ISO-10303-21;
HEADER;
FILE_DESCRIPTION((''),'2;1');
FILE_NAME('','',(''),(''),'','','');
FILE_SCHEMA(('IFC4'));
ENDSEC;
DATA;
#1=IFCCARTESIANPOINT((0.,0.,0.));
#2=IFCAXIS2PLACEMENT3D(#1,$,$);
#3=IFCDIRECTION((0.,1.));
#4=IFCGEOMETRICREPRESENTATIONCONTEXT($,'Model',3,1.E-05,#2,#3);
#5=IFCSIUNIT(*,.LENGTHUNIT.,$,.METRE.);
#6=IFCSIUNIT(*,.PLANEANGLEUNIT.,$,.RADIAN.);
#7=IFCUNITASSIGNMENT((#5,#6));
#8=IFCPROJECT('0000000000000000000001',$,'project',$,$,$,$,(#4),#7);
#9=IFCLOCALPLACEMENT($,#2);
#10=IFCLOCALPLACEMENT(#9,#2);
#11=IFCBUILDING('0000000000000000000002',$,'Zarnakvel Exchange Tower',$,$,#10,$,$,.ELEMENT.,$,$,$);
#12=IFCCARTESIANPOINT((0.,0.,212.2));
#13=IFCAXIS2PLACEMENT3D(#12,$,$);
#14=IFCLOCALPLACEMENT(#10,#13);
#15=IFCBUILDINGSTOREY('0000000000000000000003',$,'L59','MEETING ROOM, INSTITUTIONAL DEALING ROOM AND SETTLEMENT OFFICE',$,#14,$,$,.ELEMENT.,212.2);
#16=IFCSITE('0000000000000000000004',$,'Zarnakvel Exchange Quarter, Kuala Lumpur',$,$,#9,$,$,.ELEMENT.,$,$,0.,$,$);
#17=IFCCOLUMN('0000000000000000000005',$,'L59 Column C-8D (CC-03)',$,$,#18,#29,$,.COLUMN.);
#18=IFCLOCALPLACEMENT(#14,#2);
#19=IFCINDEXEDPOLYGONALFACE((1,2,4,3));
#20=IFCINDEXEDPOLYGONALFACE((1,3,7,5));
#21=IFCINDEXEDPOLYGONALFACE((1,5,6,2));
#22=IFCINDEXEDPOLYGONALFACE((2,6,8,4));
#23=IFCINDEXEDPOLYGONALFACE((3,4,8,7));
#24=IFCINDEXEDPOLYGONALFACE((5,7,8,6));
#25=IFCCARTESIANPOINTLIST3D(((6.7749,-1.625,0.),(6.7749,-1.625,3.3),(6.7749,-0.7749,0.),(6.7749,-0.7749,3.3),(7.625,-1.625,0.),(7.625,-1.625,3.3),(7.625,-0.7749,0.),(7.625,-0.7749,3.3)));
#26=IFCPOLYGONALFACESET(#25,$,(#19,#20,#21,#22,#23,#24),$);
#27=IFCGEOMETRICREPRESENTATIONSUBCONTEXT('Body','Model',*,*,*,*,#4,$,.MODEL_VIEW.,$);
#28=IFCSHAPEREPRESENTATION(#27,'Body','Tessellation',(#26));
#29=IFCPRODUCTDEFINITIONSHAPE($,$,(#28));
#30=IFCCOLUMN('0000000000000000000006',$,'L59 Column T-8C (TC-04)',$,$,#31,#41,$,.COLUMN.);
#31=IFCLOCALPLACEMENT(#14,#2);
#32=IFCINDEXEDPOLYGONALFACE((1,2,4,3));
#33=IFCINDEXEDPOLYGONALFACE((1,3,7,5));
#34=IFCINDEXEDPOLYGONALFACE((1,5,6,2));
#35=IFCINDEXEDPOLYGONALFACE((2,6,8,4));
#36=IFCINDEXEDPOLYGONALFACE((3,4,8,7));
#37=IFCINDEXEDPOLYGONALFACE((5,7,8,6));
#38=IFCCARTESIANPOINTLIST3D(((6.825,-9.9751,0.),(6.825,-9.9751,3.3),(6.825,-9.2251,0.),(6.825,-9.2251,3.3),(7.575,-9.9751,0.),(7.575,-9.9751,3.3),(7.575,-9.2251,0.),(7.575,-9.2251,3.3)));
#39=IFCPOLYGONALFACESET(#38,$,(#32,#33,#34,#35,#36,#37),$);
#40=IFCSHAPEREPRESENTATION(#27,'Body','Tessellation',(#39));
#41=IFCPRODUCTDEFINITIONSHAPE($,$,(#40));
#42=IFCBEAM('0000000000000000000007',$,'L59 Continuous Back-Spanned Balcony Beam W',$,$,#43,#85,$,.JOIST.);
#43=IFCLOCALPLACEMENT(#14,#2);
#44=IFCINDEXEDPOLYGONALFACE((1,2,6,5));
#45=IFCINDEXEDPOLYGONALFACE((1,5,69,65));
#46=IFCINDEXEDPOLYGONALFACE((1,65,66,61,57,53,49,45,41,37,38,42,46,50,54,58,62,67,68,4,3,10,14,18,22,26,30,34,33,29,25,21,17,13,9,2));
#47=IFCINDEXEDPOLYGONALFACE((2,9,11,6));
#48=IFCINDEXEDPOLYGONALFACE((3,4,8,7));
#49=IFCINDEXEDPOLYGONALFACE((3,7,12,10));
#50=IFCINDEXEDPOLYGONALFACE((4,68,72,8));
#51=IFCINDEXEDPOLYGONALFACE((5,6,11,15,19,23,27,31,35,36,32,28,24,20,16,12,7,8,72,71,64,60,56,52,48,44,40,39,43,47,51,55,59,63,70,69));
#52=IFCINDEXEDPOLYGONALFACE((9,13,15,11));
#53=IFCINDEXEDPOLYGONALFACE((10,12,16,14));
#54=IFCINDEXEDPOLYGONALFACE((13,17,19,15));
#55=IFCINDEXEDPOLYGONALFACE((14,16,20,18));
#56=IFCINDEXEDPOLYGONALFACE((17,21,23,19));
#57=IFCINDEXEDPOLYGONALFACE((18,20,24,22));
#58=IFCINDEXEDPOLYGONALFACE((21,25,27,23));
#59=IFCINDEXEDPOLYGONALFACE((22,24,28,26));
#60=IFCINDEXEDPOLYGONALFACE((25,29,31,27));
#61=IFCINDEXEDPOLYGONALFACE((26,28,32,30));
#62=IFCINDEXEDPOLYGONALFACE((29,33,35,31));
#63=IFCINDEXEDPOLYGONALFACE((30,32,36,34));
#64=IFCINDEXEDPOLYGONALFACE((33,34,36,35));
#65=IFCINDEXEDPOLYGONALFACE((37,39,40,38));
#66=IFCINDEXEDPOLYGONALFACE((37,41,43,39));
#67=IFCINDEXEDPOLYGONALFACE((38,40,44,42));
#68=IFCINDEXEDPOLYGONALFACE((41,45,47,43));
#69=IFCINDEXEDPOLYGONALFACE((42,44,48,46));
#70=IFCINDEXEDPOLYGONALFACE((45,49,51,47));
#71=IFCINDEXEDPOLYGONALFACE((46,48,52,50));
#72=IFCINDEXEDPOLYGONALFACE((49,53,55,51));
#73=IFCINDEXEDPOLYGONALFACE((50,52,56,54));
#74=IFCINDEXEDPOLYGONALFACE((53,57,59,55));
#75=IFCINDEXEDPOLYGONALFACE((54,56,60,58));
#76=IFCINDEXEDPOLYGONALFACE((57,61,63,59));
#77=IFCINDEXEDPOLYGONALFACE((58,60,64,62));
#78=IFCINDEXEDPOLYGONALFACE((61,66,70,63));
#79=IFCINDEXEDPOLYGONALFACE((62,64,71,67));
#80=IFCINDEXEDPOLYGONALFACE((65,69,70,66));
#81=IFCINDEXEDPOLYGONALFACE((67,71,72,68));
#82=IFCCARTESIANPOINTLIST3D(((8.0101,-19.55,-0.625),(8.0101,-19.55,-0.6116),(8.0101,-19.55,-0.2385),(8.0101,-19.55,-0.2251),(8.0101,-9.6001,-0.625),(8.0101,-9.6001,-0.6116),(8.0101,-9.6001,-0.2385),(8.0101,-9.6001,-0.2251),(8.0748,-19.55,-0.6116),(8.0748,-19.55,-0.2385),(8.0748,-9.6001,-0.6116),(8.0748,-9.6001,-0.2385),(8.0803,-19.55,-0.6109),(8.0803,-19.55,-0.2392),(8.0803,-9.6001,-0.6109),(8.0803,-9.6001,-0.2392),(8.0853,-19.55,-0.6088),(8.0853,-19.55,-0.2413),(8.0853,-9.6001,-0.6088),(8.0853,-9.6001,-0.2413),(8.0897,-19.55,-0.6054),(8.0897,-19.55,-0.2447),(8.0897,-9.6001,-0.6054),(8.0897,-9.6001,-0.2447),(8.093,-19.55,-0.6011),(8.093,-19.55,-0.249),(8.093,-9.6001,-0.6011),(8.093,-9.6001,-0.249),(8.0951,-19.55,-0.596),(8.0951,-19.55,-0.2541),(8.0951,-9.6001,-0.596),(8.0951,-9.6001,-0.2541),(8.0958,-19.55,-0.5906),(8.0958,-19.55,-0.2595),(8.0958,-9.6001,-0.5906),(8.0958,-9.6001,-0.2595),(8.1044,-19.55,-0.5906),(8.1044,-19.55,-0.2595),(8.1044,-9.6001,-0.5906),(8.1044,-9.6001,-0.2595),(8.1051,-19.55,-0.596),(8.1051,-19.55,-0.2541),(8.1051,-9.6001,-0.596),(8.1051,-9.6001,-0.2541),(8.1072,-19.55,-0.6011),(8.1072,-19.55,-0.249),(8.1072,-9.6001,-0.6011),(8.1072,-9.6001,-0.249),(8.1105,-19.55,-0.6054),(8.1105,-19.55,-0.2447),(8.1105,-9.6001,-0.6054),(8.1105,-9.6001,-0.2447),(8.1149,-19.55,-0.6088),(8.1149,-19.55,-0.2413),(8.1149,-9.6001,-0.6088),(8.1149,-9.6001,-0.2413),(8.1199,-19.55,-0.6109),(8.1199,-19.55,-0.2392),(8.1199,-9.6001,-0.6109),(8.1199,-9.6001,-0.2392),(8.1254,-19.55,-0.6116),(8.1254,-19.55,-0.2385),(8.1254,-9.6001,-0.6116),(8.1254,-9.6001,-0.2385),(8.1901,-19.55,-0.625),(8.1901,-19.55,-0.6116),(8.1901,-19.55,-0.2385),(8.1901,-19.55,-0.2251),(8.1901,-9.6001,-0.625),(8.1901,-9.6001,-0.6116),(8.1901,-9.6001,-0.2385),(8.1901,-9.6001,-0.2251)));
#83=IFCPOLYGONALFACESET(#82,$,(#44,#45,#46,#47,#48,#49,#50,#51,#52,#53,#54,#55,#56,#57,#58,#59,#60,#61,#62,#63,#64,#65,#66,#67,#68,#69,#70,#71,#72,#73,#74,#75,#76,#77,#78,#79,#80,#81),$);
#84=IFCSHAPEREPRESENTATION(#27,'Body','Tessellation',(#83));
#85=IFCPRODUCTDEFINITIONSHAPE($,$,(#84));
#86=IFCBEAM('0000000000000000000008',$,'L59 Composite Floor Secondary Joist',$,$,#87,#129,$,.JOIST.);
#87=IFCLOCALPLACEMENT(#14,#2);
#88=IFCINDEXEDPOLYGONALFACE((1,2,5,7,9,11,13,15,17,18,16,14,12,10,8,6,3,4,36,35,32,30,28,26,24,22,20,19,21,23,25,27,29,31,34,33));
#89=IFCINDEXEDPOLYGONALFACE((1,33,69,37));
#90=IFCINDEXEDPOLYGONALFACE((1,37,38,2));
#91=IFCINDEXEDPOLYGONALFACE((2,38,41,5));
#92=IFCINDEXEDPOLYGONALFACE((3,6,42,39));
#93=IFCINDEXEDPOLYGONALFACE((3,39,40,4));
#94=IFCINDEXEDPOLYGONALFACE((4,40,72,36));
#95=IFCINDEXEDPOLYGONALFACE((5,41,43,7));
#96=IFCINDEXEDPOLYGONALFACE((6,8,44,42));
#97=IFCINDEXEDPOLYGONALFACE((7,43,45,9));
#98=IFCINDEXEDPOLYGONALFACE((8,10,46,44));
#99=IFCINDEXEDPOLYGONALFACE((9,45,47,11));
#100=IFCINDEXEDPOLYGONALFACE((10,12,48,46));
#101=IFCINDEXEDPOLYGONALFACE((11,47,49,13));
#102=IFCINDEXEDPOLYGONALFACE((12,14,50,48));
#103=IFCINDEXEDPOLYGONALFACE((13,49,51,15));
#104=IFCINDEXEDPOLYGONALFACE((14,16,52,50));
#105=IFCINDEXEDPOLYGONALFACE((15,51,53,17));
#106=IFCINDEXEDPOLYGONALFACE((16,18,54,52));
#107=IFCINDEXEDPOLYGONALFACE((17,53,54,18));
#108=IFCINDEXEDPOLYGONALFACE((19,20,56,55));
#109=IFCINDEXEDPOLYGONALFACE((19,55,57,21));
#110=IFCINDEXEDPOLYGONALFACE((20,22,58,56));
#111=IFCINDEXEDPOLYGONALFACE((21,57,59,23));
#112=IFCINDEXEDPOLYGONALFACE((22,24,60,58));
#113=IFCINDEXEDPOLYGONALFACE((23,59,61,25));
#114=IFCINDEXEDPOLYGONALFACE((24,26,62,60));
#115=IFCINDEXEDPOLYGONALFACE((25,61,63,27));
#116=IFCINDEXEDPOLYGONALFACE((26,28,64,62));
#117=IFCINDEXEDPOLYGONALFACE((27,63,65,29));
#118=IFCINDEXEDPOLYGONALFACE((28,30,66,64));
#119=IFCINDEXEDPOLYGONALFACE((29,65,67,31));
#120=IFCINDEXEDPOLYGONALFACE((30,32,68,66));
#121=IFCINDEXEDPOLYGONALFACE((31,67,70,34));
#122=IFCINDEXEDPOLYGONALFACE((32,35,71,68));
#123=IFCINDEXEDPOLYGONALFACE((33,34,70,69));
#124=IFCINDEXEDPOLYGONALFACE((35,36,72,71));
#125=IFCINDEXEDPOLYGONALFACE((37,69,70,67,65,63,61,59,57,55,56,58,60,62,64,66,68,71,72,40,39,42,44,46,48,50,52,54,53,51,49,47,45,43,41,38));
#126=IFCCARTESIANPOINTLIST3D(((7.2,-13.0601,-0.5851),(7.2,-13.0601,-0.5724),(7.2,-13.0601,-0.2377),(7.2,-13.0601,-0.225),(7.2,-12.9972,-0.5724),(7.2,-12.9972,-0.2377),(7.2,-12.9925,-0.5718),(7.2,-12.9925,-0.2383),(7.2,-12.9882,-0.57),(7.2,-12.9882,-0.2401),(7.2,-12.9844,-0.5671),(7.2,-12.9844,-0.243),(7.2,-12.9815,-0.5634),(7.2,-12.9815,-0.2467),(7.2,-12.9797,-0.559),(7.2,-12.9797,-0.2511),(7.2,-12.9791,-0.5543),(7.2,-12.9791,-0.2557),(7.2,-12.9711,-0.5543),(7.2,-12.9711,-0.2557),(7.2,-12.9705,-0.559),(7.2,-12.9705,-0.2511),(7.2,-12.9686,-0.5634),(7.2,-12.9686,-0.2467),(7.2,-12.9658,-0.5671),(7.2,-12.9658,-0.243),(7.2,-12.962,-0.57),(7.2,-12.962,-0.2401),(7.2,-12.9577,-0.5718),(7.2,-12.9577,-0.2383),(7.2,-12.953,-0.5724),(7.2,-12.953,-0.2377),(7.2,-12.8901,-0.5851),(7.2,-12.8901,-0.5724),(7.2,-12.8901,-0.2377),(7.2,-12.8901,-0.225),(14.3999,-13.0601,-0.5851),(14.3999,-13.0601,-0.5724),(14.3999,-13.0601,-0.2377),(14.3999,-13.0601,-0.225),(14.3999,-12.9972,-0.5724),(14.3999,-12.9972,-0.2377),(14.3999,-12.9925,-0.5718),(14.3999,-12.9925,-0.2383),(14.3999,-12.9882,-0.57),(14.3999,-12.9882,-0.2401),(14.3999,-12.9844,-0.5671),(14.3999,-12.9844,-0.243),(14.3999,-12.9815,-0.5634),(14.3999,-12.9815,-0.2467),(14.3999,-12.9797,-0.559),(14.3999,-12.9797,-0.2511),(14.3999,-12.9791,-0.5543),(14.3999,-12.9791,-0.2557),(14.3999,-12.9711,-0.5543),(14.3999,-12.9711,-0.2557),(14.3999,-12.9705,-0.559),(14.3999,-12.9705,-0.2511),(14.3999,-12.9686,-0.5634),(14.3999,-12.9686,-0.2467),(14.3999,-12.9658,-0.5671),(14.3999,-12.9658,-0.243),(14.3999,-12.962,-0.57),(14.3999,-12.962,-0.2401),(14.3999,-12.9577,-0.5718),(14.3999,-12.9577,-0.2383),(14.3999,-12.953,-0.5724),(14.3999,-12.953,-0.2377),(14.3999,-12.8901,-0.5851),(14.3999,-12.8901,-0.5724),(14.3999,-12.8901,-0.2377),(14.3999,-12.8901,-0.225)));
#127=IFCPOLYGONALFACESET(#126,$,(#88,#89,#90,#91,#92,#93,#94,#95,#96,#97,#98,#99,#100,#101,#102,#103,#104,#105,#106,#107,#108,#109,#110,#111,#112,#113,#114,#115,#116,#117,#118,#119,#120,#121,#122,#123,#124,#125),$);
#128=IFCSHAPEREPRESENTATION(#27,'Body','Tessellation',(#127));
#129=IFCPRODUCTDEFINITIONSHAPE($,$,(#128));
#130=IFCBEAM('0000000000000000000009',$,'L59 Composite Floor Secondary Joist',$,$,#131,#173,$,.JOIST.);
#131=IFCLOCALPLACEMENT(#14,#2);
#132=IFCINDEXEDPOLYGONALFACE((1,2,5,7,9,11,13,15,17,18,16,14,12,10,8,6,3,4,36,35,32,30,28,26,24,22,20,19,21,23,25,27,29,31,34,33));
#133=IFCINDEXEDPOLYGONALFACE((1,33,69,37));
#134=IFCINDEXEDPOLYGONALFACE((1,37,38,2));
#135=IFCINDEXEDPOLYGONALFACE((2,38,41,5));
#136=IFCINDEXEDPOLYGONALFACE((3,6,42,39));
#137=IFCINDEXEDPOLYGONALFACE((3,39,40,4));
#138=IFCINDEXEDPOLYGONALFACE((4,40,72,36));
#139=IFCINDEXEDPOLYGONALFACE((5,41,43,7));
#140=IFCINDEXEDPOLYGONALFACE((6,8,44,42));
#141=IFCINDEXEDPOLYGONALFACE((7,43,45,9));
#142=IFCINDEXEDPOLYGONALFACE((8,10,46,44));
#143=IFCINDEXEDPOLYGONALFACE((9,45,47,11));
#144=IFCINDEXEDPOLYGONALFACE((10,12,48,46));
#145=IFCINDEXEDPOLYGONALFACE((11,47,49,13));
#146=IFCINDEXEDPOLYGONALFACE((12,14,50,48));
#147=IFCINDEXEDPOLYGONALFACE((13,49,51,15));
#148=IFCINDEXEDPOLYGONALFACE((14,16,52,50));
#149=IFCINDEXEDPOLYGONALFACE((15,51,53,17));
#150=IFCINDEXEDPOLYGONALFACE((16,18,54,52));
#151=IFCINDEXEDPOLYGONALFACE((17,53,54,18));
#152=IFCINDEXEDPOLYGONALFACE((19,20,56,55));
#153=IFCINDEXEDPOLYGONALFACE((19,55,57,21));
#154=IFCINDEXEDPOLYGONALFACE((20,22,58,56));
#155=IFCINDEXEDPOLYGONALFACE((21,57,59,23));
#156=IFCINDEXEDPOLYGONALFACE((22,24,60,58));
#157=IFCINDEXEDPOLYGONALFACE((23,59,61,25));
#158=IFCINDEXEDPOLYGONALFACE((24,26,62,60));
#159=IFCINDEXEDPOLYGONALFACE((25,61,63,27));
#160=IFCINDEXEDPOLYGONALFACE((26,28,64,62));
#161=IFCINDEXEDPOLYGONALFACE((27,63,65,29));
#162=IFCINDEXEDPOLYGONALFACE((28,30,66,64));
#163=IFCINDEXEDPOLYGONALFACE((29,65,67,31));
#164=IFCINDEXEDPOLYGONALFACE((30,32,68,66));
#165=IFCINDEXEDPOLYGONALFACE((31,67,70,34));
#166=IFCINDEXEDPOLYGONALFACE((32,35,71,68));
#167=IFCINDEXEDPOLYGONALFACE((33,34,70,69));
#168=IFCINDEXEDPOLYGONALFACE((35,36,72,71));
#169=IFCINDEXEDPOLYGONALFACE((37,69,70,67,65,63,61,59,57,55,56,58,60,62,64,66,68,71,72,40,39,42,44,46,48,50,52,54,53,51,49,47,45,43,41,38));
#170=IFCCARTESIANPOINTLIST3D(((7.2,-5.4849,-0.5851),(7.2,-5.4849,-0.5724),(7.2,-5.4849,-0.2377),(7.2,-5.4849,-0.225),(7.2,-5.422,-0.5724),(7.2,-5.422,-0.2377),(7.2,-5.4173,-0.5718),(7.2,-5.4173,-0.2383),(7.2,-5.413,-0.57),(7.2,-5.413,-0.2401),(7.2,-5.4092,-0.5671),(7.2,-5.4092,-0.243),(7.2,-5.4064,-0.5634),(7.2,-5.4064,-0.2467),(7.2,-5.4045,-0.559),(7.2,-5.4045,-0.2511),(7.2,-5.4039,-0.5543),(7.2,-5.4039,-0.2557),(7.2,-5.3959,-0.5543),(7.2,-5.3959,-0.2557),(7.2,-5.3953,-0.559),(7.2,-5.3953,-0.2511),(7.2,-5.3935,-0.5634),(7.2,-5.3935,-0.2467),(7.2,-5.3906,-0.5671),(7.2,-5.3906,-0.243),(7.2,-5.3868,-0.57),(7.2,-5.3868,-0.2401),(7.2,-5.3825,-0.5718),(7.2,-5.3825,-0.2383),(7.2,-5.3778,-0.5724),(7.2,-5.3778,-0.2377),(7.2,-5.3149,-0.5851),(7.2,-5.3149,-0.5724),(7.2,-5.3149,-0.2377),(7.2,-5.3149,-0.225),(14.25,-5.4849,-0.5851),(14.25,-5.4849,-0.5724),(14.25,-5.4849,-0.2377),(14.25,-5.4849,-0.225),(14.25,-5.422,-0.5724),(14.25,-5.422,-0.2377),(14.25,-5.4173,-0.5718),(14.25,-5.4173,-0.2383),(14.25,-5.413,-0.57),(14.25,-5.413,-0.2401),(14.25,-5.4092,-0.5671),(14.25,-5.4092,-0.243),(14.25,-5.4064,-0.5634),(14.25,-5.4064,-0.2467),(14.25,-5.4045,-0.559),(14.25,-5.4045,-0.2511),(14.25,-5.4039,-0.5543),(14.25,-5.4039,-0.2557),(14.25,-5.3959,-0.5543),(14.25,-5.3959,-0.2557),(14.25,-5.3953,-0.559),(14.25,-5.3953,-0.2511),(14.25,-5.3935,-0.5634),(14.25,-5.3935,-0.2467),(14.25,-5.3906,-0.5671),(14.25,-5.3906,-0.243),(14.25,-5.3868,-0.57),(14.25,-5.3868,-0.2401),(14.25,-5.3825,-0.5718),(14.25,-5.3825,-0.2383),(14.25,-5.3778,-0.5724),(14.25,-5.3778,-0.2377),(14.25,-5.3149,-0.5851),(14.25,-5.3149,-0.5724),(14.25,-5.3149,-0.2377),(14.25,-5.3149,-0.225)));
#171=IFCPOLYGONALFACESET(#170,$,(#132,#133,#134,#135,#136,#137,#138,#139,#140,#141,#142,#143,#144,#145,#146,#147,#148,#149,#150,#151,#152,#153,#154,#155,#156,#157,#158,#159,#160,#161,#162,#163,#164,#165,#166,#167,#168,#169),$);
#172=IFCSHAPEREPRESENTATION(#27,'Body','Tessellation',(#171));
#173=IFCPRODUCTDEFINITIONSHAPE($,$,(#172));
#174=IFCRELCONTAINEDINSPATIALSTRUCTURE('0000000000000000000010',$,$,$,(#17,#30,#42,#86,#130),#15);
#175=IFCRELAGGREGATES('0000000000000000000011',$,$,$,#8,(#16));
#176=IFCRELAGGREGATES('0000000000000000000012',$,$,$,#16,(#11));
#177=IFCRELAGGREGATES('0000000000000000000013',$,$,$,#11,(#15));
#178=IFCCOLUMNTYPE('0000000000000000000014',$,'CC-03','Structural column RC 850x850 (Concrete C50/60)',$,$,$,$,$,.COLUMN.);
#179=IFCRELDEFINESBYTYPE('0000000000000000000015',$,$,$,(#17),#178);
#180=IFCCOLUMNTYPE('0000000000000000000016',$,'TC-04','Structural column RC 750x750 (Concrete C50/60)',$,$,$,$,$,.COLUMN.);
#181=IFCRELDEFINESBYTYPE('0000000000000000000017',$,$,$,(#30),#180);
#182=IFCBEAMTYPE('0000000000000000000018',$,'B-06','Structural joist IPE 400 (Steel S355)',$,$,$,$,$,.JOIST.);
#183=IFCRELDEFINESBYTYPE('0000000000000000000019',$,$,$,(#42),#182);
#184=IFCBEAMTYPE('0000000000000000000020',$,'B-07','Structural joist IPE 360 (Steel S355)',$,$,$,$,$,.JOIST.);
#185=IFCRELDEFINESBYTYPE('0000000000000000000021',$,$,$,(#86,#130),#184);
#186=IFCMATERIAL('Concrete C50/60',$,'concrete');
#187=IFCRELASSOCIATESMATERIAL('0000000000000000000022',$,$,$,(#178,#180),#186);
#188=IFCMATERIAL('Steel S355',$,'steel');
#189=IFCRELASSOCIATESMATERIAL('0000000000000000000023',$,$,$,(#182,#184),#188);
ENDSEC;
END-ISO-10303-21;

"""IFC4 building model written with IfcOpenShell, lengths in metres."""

from ifc_helpers import new_model, si_unit, direction, frame, origin, origin_2d, place, context, subcontext, project, spatial, rectangle, i_section, extrude, material, material_profile, profile_set, type_object, element, save


model = new_model("IFC4")

# Units and contexts
model_context = context("Model", 3, precision=1e-05, world=origin(), true_north=direction((0.0, 1.0)))
body_context = subcontext(model_context, "Body", "Model", "MODEL_VIEW")
ifc_project = project(units=[si_unit("LENGTHUNIT", "METRE"), si_unit("PLANEANGLEUNIT", "RADIAN")], contexts=[model_context])

# Site, building, storey
site_placement = place(None, origin())
site = spatial("IfcSite", under=ifc_project, at=site_placement, Name="Zarnakvel Exchange Quarter, Kuala Lumpur", CompositionType="ELEMENT", RefElevation=0.0)
building_placement = place(site_placement, origin())
building = spatial("IfcBuilding", under=site, at=building_placement, Name="Zarnakvel Exchange Tower", CompositionType="ELEMENT")
storey_placement = place(building_placement, frame((0.0, 0.0, 212.2)))
storey = spatial("IfcBuildingStorey", under=building, at=storey_placement, Name="L59", Description="MEETING ROOM, INSTITUTIONAL DEALING ROOM AND SETTLEMENT OFFICE", CompositionType="ELEMENT", Elevation=212.2)

# Columns
ifc_material_1 = material(Name="Concrete C50/60", Category="concrete")
ifc_material_profile_1 = material_profile(ifc_material_1, rectangle(XDim=0.8501, YDim=0.8501, at=origin_2d()))
ifc_profile_set_1 = profile_set([ifc_material_profile_1], Name="Concrete C50/60")
column_type_1 = type_object("IfcColumnType", Name="CC-03", Description="Structural column RC 850x850 (Concrete C50/60)", PredefinedType="COLUMN", material=ifc_profile_set_1)
column_1_placement = place(storey_placement, frame((7.2, -1.2, 0.0), z_axis=(0.0, 0.0, 1.0), x_axis=(1.0, 0.0, 0.0)))
element("IfcColumn", 1, at=column_1_placement, inside=storey, type_object=column_type_1, Name="L59 Column C-8D (CC-03)", PredefinedType="COLUMN", context=body_context, shape_type="SweptSolid", body=[
    extrude(rectangle(XDim=0.8501, YDim=0.8501, at=origin_2d()), origin(), (0.0, 0.0, 1.0), 3.3),
])
ifc_material_profile_2 = material_profile(ifc_material_1, rectangle(XDim=0.75, YDim=0.75, at=origin_2d()))
ifc_profile_set_2 = profile_set([ifc_material_profile_2], Name="Concrete C50/60")
column_type_2 = type_object("IfcColumnType", Name="TC-04", Description="Structural column RC 750x750 (Concrete C50/60)", PredefinedType="COLUMN", material=ifc_profile_set_2)
column_2_placement = place(storey_placement, frame((7.2, -9.6001, 0.0), z_axis=(0.0, 0.0, 1.0), x_axis=(1.0, 0.0, 0.0)))
element("IfcColumn", 2, at=column_2_placement, inside=storey, type_object=column_type_2, Name="L59 Column T-8C (TC-04)", PredefinedType="COLUMN", context=body_context, shape_type="SweptSolid", body=[
    extrude(rectangle(XDim=0.75, YDim=0.75, at=origin_2d()), origin(), (0.0, 0.0, 1.0), 3.3),
])

# Beams
ifc_material_2 = material(Name="Steel S355", Category="steel")
ifc_material_profile_3 = material_profile(ifc_material_2, i_section(OverallWidth=0.1799, OverallDepth=0.3999, WebThickness=0.0085, FlangeThickness=0.0134, FilletRadius=0.021, at=origin_2d()))
ifc_profile_set_3 = profile_set([ifc_material_profile_3], Name="Steel S355")
beam_type_1 = type_object("IfcBeamType", Name="B-06", Description="Structural joist IPE 400 (Steel S355)", PredefinedType="JOIST", material=ifc_profile_set_3)
beam_1_placement = place(storey_placement, frame((8.1001, -9.6001, -0.425), z_axis=(0.0, -1.0, 0.0), x_axis=(1.0, 0.0, 0.0)))
element("IfcBeam", 3, at=beam_1_placement, inside=storey, type_object=beam_type_1, Name="L59 Continuous Back-Spanned Balcony Beam W", PredefinedType="JOIST", context=body_context, shape_type="SweptSolid", body=[
    extrude(i_section(OverallWidth=0.1799, OverallDepth=0.3999, WebThickness=0.0085, FlangeThickness=0.0134, FilletRadius=0.021, at=origin_2d()), origin(), (0.0, 0.0, 1.0), 9.95),
])
ifc_material_profile_4 = material_profile(ifc_material_2, i_section(OverallWidth=0.1699, OverallDepth=0.3601, WebThickness=0.0081, FlangeThickness=0.0127, FilletRadius=0.0181, at=origin_2d()))
ifc_profile_set_4 = profile_set([ifc_material_profile_4], Name="Steel S355")
beam_type_2 = type_object("IfcBeamType", Name="B-07", Description="Structural joist IPE 360 (Steel S355)", PredefinedType="JOIST", material=ifc_profile_set_4)
beam_2_placement = place(storey_placement, frame((7.2, -12.9751, -0.405), z_axis=(1.0, 0.0, 0.0), x_axis=(0.0, 1.0, 0.0)))
element("IfcBeam", 4, at=beam_2_placement, inside=storey, type_object=beam_type_2, Name="L59 Composite Floor Secondary Joist", PredefinedType="JOIST", context=body_context, shape_type="SweptSolid", body=[
    extrude(i_section(OverallWidth=0.1699, OverallDepth=0.3601, WebThickness=0.0081, FlangeThickness=0.0127, FilletRadius=0.0181, at=origin_2d()), origin(), (0.0, 0.0, 1.0), 7.2),
])
beam_3_placement = place(storey_placement, frame((7.2, -5.3999, -0.405), z_axis=(1.0, 0.0, 0.0), x_axis=(0.0, 1.0, 0.0)))
element("IfcBeam", 5, at=beam_3_placement, inside=storey, type_object=beam_type_2, Name="L59 Composite Floor Secondary Joist", PredefinedType="JOIST", context=body_context, shape_type="SweptSolid", body=[
    extrude(i_section(OverallWidth=0.1699, OverallDepth=0.3601, WebThickness=0.0081, FlangeThickness=0.0127, FilletRadius=0.0181, at=origin_2d()), origin(), (0.0, 0.0, 1.0), 7.05),
])

save(model, "model.ifc")
